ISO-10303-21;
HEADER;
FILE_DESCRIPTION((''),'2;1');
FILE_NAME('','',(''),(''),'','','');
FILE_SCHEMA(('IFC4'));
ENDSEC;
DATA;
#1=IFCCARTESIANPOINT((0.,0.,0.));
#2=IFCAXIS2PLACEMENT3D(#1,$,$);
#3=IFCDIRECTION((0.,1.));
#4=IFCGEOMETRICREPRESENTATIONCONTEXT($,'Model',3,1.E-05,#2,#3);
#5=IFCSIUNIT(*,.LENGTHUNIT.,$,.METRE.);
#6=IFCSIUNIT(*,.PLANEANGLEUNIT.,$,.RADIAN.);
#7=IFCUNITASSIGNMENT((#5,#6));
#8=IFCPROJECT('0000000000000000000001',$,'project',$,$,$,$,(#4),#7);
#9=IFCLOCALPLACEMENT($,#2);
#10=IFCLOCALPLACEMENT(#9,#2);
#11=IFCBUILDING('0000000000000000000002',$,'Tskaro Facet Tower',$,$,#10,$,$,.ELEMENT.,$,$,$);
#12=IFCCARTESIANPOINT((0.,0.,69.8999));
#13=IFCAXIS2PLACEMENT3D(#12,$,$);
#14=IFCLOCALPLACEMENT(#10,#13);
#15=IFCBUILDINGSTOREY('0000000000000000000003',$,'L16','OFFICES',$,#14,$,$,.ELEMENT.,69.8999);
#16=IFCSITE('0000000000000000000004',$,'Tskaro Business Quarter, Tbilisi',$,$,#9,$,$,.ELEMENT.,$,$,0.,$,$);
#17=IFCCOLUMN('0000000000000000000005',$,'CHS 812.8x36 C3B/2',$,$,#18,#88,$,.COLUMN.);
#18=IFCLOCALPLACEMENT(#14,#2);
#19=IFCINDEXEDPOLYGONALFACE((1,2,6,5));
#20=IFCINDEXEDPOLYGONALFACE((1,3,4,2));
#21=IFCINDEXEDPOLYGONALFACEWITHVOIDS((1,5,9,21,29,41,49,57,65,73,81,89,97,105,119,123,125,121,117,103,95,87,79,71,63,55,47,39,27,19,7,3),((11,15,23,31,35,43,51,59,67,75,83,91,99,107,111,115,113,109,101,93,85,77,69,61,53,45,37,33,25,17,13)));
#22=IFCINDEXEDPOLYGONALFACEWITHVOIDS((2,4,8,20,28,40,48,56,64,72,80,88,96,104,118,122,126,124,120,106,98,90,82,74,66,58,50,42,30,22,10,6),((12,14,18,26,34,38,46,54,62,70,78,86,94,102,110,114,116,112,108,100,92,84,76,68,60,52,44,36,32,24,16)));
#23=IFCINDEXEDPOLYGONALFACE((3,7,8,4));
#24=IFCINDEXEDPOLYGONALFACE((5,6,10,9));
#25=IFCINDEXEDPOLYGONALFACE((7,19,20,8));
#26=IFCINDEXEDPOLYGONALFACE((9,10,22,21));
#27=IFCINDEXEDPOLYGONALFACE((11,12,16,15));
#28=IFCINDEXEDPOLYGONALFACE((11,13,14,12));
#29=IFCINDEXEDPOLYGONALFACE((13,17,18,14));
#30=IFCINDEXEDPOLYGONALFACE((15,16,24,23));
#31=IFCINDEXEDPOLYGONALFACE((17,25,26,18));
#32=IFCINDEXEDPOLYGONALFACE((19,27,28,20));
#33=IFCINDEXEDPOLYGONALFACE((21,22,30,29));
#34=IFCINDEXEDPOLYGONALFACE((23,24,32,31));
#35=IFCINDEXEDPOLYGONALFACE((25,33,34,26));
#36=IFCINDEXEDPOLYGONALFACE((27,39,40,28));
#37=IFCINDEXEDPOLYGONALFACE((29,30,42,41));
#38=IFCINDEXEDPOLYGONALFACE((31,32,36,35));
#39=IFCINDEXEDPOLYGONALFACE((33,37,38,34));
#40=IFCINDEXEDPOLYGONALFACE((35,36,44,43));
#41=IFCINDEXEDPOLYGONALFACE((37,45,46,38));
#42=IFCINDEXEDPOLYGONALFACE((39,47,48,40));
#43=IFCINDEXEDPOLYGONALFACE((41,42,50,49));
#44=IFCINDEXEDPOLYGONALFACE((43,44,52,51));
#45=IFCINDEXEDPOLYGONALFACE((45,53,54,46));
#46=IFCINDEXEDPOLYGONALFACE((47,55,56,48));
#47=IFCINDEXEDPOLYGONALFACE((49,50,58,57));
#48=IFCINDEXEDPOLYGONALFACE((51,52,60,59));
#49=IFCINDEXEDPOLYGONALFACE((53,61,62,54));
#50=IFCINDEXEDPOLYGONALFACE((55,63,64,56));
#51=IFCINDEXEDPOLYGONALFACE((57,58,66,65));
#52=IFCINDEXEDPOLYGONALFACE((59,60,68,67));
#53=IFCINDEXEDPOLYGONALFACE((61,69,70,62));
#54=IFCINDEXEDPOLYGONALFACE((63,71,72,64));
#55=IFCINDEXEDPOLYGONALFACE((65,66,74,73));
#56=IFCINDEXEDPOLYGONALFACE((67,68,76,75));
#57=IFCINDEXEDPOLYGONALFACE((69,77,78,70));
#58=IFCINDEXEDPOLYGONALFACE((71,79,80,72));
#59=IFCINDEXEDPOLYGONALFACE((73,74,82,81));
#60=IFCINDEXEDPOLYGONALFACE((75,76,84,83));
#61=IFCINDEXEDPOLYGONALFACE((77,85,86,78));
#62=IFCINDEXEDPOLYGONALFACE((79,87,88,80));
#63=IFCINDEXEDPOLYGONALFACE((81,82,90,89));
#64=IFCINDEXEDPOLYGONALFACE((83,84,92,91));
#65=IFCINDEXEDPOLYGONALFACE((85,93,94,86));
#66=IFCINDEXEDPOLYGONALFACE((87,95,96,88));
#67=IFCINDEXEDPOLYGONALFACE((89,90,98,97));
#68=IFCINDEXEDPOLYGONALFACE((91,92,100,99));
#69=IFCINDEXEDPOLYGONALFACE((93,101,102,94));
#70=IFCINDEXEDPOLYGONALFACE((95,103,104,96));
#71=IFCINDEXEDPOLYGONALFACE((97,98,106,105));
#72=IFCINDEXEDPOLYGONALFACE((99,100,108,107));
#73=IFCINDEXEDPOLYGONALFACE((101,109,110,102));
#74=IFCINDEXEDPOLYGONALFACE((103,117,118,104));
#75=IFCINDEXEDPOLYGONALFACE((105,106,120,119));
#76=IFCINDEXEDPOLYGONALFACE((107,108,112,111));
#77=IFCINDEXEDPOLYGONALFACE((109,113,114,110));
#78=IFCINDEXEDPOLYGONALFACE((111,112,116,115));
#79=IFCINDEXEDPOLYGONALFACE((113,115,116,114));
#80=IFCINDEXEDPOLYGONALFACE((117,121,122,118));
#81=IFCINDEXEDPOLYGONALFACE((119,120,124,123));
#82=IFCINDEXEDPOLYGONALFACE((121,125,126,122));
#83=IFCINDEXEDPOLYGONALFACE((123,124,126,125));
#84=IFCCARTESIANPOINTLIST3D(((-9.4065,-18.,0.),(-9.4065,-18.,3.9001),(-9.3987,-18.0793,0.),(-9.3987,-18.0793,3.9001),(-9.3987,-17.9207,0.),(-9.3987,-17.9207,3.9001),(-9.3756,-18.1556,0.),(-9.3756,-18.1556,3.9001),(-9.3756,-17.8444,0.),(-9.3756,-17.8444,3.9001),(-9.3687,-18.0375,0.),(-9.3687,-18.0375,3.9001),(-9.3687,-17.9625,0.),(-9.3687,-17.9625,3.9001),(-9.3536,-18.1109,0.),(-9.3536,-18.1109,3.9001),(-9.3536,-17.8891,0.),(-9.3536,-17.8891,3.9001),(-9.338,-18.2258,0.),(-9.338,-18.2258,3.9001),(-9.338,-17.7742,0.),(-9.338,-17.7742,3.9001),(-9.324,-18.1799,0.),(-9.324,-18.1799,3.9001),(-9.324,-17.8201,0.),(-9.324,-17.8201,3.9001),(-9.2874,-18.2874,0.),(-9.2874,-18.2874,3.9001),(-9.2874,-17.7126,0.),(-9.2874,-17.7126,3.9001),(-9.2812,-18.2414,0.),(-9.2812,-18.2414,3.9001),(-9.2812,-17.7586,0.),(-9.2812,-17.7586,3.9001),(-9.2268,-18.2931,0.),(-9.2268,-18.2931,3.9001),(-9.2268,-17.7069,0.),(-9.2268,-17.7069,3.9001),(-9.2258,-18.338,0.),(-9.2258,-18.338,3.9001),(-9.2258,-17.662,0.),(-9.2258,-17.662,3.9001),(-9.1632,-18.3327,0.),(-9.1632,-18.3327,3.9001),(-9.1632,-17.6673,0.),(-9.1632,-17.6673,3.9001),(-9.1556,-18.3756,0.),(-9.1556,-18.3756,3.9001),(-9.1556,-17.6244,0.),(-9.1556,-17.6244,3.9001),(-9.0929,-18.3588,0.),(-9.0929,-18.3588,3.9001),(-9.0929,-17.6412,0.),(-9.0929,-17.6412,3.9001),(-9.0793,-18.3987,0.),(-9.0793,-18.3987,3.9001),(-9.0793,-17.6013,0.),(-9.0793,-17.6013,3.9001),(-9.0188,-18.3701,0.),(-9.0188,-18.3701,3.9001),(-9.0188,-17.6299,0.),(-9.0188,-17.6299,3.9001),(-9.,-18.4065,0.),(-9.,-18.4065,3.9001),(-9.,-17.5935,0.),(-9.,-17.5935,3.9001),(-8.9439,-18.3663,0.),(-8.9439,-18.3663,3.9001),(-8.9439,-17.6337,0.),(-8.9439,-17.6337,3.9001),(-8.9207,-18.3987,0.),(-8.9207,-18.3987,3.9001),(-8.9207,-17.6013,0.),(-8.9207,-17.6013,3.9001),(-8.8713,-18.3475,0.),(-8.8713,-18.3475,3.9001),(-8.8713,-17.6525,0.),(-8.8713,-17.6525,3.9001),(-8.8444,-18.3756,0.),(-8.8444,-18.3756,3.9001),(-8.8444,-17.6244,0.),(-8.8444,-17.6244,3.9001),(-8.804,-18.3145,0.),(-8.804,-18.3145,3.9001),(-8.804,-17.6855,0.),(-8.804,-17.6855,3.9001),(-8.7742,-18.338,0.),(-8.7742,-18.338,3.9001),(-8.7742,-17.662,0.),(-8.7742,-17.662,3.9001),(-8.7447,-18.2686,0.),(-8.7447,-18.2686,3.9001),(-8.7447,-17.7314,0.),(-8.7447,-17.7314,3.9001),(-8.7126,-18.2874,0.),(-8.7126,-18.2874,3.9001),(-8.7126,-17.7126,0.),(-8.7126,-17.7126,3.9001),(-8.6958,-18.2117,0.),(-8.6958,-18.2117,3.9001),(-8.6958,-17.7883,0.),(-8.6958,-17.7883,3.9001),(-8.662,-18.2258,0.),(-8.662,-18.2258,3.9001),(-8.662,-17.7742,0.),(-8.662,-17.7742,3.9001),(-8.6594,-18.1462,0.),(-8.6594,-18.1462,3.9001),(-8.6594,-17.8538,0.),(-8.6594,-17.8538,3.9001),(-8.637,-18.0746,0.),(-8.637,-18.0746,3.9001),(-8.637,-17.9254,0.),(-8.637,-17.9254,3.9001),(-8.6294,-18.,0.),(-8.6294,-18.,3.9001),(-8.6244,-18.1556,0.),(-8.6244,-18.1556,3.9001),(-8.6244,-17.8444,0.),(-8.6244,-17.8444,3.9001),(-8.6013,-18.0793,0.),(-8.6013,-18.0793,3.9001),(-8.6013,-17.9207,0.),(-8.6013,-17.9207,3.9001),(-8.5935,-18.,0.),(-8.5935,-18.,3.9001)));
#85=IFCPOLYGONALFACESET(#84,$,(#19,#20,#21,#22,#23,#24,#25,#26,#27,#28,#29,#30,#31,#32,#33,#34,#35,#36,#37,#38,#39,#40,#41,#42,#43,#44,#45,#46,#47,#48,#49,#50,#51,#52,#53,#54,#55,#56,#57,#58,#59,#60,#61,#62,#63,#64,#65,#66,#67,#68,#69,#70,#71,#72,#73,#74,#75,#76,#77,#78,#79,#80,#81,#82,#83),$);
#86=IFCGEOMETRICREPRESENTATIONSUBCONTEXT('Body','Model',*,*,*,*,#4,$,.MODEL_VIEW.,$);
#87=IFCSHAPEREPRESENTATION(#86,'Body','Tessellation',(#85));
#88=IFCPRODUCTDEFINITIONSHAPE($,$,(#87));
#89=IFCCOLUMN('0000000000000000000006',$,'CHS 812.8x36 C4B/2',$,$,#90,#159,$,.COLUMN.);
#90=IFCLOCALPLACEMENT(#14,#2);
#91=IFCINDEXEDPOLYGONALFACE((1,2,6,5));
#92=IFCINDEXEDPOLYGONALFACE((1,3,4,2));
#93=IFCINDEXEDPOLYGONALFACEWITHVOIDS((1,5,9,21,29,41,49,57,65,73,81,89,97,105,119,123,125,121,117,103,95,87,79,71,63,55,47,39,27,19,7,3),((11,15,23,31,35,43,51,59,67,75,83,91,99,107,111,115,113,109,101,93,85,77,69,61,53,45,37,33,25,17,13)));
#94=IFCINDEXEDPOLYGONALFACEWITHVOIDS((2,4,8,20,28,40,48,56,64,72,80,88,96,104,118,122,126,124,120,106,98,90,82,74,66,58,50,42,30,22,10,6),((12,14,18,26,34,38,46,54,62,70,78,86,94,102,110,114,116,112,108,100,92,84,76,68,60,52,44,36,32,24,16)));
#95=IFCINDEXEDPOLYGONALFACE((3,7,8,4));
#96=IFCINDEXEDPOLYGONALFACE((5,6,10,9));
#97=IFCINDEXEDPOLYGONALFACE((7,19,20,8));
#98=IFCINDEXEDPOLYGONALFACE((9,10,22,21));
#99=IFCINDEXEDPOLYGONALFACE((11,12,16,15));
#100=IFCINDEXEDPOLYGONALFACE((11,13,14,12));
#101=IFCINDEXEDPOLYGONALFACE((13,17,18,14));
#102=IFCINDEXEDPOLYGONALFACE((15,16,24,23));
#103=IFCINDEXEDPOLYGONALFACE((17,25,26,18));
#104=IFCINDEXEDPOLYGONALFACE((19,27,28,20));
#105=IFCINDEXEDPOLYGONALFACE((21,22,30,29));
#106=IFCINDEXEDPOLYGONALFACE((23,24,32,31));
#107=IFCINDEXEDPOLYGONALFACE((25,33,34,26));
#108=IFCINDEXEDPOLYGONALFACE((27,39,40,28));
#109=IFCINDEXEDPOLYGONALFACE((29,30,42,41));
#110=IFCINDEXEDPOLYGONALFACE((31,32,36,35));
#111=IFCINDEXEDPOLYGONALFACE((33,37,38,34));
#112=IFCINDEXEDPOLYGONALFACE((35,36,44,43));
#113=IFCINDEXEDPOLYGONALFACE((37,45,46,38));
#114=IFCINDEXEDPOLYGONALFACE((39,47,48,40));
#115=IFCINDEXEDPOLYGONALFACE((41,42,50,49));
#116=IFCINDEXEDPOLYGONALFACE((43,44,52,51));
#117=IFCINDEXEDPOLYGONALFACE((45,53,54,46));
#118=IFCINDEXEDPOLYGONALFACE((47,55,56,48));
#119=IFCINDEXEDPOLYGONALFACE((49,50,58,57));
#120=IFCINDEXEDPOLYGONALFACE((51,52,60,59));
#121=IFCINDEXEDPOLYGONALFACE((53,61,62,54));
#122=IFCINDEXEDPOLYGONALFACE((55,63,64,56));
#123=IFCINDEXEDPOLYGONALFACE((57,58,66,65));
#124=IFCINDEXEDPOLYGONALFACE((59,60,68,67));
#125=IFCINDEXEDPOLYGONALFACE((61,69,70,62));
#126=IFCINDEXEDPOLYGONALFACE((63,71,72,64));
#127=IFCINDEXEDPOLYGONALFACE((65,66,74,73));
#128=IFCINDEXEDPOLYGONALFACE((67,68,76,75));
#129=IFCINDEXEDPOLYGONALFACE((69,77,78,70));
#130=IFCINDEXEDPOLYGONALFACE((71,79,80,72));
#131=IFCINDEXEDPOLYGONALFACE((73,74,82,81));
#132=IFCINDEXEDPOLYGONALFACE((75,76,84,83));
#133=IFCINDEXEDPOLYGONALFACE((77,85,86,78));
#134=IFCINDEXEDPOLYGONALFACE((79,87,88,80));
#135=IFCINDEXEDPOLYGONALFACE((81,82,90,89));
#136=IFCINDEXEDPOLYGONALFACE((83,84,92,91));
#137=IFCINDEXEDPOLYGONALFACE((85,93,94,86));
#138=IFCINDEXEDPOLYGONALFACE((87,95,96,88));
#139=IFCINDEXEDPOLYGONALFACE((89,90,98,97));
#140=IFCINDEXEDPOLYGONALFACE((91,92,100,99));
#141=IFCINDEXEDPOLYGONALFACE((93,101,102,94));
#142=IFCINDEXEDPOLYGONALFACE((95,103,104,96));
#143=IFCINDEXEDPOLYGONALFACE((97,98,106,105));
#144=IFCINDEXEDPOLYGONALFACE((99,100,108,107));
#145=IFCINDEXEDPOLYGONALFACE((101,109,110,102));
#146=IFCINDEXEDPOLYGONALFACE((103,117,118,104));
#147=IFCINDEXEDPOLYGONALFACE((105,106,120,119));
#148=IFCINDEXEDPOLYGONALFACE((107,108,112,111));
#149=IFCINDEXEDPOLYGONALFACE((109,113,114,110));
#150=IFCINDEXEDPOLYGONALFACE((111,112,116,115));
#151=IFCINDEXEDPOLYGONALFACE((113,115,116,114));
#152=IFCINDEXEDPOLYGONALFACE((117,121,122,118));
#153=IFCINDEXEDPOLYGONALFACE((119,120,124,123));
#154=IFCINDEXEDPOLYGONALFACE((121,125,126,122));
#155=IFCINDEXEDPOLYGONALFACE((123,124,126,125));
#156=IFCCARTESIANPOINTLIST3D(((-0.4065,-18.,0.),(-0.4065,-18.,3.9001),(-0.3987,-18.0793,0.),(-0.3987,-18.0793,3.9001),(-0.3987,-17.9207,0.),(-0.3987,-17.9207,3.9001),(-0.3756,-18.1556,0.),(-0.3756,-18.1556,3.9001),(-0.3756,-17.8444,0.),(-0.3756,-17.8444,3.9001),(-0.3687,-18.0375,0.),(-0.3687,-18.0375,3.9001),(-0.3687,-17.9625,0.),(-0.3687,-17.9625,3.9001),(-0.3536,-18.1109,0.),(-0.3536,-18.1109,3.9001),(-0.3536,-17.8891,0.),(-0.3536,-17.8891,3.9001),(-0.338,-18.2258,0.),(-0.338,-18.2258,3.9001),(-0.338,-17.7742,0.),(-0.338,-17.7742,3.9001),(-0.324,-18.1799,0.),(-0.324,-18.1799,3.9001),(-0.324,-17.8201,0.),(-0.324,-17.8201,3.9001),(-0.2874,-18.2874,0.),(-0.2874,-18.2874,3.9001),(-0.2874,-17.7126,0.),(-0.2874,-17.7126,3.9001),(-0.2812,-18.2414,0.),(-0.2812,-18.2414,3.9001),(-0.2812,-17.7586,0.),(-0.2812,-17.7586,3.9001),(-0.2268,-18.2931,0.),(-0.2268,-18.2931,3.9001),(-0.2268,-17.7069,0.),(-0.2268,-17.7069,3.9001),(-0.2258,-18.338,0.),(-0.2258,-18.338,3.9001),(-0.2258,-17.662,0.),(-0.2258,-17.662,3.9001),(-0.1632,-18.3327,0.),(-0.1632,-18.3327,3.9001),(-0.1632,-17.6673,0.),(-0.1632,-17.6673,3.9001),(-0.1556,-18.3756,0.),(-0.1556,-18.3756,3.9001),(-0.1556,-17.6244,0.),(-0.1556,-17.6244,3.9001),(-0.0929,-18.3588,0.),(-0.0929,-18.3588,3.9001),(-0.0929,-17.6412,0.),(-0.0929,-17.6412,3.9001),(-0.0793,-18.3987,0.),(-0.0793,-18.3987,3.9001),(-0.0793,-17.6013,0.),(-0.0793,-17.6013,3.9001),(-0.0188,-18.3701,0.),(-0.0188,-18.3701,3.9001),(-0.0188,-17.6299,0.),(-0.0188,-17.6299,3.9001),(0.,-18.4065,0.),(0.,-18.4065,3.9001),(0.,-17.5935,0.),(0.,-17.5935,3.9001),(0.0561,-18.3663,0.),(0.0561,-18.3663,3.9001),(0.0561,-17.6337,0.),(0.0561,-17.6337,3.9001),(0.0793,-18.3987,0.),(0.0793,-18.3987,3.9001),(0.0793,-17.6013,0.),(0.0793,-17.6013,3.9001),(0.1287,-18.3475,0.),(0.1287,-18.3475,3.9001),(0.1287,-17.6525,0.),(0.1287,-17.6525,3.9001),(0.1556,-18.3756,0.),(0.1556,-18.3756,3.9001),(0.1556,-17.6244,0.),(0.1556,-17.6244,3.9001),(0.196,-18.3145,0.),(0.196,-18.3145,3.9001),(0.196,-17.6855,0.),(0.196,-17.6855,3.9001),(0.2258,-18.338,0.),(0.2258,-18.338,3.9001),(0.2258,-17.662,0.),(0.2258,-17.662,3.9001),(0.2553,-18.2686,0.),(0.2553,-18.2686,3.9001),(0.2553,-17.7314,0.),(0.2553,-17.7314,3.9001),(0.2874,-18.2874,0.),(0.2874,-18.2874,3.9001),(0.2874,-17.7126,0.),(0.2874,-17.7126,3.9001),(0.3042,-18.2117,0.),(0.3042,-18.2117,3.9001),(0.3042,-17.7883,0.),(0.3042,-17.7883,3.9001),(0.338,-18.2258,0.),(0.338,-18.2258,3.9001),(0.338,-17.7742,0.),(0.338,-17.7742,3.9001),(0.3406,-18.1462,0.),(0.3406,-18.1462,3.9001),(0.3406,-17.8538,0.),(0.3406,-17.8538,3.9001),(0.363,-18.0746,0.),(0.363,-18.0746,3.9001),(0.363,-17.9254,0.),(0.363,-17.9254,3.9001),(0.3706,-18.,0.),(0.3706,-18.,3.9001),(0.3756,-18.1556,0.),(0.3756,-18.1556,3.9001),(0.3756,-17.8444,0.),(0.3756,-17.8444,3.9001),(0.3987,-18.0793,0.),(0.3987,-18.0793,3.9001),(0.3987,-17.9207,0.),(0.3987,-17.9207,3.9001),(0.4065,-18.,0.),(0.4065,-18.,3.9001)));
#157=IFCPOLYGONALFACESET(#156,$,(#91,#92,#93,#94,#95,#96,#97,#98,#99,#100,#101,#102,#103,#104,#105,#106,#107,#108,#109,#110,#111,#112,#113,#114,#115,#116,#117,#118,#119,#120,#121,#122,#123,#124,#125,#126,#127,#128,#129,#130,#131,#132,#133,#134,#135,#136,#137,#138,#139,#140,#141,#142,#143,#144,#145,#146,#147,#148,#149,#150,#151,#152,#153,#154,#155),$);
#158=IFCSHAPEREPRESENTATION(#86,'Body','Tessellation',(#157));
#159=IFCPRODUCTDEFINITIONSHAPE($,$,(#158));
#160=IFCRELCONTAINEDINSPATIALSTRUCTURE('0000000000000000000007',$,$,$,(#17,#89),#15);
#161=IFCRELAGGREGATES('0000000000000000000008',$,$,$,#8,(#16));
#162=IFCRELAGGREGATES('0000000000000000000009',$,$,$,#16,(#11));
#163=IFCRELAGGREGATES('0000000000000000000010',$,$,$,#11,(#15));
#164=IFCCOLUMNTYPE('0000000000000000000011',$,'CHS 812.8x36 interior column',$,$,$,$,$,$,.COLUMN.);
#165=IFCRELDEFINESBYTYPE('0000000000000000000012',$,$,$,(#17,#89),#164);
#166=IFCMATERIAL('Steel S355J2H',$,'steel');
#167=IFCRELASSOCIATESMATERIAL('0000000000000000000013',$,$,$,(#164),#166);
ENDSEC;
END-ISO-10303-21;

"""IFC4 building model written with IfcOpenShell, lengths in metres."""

from ifc_helpers import new_model, si_unit, direction, frame, origin, origin_2d, place, context, subcontext, project, spatial, hollow_circle, extrude, material, material_profile, profile_set, type_object, element, save


model = new_model("IFC4")

# Units and contexts
model_context = context("Model", 3, precision=1e-05, world=origin(), true_north=direction((0.0, 1.0)))
body_context = subcontext(model_context, "Body", "Model", "MODEL_VIEW")
ifc_project = project(units=[si_unit("LENGTHUNIT", "METRE"), si_unit("PLANEANGLEUNIT", "RADIAN")], contexts=[model_context])

# Site, building, storey
site_placement = place(None, origin())
site = spatial("IfcSite", under=ifc_project, at=site_placement, Name="Tskaro Business Quarter, Tbilisi", CompositionType="ELEMENT", RefElevation=0.0)
building_placement = place(site_placement, origin())
building = spatial("IfcBuilding", under=site, at=building_placement, Name="Tskaro Facet Tower", CompositionType="ELEMENT")
storey_placement = place(building_placement, frame((0.0, 0.0, 69.8999)))
storey = spatial("IfcBuildingStorey", under=building, at=storey_placement, Name="L16", Description="OFFICES", CompositionType="ELEMENT", Elevation=69.8999)

# Columns
ifc_material_1 = material(Name="Steel S355J2H", Category="steel")
ifc_material_profile_1 = material_profile(ifc_material_1, hollow_circle(Radius=0.4065, WallThickness=0.0359, at=origin_2d()), Name="CHS 812.8x36")
ifc_profile_set_1 = profile_set([ifc_material_profile_1], Name="Steel S355J2H")
column_type_1 = type_object("IfcColumnType", Name="CHS 812.8x36 interior column", PredefinedType="COLUMN", material=ifc_profile_set_1)
for number, where, z_axis, x_axis, name in (
    (1, (-9.0, -18.0, 0.0), (0.0, 0.0, 1.0), (1.0, 0.0, 0.0), "CHS 812.8x36 C3B/2"),
    (2, (0.0, -18.0, 0.0), (0.0, 0.0, 1.0), (1.0, 0.0, 0.0), "CHS 812.8x36 C4B/2"),
):
    element("IfcColumn", number, at=place(storey_placement, frame(where, z_axis=z_axis, x_axis=x_axis)), inside=storey, type_object=column_type_1, Name=name, PredefinedType="COLUMN", context=body_context, shape_type="SweptSolid", body=[
        extrude(hollow_circle(Radius=0.4065, WallThickness=0.0359, at=origin_2d()), origin(), (0.0, 0.0, 1.0), 3.9001),
    ])

save(model, "model.ifc")
